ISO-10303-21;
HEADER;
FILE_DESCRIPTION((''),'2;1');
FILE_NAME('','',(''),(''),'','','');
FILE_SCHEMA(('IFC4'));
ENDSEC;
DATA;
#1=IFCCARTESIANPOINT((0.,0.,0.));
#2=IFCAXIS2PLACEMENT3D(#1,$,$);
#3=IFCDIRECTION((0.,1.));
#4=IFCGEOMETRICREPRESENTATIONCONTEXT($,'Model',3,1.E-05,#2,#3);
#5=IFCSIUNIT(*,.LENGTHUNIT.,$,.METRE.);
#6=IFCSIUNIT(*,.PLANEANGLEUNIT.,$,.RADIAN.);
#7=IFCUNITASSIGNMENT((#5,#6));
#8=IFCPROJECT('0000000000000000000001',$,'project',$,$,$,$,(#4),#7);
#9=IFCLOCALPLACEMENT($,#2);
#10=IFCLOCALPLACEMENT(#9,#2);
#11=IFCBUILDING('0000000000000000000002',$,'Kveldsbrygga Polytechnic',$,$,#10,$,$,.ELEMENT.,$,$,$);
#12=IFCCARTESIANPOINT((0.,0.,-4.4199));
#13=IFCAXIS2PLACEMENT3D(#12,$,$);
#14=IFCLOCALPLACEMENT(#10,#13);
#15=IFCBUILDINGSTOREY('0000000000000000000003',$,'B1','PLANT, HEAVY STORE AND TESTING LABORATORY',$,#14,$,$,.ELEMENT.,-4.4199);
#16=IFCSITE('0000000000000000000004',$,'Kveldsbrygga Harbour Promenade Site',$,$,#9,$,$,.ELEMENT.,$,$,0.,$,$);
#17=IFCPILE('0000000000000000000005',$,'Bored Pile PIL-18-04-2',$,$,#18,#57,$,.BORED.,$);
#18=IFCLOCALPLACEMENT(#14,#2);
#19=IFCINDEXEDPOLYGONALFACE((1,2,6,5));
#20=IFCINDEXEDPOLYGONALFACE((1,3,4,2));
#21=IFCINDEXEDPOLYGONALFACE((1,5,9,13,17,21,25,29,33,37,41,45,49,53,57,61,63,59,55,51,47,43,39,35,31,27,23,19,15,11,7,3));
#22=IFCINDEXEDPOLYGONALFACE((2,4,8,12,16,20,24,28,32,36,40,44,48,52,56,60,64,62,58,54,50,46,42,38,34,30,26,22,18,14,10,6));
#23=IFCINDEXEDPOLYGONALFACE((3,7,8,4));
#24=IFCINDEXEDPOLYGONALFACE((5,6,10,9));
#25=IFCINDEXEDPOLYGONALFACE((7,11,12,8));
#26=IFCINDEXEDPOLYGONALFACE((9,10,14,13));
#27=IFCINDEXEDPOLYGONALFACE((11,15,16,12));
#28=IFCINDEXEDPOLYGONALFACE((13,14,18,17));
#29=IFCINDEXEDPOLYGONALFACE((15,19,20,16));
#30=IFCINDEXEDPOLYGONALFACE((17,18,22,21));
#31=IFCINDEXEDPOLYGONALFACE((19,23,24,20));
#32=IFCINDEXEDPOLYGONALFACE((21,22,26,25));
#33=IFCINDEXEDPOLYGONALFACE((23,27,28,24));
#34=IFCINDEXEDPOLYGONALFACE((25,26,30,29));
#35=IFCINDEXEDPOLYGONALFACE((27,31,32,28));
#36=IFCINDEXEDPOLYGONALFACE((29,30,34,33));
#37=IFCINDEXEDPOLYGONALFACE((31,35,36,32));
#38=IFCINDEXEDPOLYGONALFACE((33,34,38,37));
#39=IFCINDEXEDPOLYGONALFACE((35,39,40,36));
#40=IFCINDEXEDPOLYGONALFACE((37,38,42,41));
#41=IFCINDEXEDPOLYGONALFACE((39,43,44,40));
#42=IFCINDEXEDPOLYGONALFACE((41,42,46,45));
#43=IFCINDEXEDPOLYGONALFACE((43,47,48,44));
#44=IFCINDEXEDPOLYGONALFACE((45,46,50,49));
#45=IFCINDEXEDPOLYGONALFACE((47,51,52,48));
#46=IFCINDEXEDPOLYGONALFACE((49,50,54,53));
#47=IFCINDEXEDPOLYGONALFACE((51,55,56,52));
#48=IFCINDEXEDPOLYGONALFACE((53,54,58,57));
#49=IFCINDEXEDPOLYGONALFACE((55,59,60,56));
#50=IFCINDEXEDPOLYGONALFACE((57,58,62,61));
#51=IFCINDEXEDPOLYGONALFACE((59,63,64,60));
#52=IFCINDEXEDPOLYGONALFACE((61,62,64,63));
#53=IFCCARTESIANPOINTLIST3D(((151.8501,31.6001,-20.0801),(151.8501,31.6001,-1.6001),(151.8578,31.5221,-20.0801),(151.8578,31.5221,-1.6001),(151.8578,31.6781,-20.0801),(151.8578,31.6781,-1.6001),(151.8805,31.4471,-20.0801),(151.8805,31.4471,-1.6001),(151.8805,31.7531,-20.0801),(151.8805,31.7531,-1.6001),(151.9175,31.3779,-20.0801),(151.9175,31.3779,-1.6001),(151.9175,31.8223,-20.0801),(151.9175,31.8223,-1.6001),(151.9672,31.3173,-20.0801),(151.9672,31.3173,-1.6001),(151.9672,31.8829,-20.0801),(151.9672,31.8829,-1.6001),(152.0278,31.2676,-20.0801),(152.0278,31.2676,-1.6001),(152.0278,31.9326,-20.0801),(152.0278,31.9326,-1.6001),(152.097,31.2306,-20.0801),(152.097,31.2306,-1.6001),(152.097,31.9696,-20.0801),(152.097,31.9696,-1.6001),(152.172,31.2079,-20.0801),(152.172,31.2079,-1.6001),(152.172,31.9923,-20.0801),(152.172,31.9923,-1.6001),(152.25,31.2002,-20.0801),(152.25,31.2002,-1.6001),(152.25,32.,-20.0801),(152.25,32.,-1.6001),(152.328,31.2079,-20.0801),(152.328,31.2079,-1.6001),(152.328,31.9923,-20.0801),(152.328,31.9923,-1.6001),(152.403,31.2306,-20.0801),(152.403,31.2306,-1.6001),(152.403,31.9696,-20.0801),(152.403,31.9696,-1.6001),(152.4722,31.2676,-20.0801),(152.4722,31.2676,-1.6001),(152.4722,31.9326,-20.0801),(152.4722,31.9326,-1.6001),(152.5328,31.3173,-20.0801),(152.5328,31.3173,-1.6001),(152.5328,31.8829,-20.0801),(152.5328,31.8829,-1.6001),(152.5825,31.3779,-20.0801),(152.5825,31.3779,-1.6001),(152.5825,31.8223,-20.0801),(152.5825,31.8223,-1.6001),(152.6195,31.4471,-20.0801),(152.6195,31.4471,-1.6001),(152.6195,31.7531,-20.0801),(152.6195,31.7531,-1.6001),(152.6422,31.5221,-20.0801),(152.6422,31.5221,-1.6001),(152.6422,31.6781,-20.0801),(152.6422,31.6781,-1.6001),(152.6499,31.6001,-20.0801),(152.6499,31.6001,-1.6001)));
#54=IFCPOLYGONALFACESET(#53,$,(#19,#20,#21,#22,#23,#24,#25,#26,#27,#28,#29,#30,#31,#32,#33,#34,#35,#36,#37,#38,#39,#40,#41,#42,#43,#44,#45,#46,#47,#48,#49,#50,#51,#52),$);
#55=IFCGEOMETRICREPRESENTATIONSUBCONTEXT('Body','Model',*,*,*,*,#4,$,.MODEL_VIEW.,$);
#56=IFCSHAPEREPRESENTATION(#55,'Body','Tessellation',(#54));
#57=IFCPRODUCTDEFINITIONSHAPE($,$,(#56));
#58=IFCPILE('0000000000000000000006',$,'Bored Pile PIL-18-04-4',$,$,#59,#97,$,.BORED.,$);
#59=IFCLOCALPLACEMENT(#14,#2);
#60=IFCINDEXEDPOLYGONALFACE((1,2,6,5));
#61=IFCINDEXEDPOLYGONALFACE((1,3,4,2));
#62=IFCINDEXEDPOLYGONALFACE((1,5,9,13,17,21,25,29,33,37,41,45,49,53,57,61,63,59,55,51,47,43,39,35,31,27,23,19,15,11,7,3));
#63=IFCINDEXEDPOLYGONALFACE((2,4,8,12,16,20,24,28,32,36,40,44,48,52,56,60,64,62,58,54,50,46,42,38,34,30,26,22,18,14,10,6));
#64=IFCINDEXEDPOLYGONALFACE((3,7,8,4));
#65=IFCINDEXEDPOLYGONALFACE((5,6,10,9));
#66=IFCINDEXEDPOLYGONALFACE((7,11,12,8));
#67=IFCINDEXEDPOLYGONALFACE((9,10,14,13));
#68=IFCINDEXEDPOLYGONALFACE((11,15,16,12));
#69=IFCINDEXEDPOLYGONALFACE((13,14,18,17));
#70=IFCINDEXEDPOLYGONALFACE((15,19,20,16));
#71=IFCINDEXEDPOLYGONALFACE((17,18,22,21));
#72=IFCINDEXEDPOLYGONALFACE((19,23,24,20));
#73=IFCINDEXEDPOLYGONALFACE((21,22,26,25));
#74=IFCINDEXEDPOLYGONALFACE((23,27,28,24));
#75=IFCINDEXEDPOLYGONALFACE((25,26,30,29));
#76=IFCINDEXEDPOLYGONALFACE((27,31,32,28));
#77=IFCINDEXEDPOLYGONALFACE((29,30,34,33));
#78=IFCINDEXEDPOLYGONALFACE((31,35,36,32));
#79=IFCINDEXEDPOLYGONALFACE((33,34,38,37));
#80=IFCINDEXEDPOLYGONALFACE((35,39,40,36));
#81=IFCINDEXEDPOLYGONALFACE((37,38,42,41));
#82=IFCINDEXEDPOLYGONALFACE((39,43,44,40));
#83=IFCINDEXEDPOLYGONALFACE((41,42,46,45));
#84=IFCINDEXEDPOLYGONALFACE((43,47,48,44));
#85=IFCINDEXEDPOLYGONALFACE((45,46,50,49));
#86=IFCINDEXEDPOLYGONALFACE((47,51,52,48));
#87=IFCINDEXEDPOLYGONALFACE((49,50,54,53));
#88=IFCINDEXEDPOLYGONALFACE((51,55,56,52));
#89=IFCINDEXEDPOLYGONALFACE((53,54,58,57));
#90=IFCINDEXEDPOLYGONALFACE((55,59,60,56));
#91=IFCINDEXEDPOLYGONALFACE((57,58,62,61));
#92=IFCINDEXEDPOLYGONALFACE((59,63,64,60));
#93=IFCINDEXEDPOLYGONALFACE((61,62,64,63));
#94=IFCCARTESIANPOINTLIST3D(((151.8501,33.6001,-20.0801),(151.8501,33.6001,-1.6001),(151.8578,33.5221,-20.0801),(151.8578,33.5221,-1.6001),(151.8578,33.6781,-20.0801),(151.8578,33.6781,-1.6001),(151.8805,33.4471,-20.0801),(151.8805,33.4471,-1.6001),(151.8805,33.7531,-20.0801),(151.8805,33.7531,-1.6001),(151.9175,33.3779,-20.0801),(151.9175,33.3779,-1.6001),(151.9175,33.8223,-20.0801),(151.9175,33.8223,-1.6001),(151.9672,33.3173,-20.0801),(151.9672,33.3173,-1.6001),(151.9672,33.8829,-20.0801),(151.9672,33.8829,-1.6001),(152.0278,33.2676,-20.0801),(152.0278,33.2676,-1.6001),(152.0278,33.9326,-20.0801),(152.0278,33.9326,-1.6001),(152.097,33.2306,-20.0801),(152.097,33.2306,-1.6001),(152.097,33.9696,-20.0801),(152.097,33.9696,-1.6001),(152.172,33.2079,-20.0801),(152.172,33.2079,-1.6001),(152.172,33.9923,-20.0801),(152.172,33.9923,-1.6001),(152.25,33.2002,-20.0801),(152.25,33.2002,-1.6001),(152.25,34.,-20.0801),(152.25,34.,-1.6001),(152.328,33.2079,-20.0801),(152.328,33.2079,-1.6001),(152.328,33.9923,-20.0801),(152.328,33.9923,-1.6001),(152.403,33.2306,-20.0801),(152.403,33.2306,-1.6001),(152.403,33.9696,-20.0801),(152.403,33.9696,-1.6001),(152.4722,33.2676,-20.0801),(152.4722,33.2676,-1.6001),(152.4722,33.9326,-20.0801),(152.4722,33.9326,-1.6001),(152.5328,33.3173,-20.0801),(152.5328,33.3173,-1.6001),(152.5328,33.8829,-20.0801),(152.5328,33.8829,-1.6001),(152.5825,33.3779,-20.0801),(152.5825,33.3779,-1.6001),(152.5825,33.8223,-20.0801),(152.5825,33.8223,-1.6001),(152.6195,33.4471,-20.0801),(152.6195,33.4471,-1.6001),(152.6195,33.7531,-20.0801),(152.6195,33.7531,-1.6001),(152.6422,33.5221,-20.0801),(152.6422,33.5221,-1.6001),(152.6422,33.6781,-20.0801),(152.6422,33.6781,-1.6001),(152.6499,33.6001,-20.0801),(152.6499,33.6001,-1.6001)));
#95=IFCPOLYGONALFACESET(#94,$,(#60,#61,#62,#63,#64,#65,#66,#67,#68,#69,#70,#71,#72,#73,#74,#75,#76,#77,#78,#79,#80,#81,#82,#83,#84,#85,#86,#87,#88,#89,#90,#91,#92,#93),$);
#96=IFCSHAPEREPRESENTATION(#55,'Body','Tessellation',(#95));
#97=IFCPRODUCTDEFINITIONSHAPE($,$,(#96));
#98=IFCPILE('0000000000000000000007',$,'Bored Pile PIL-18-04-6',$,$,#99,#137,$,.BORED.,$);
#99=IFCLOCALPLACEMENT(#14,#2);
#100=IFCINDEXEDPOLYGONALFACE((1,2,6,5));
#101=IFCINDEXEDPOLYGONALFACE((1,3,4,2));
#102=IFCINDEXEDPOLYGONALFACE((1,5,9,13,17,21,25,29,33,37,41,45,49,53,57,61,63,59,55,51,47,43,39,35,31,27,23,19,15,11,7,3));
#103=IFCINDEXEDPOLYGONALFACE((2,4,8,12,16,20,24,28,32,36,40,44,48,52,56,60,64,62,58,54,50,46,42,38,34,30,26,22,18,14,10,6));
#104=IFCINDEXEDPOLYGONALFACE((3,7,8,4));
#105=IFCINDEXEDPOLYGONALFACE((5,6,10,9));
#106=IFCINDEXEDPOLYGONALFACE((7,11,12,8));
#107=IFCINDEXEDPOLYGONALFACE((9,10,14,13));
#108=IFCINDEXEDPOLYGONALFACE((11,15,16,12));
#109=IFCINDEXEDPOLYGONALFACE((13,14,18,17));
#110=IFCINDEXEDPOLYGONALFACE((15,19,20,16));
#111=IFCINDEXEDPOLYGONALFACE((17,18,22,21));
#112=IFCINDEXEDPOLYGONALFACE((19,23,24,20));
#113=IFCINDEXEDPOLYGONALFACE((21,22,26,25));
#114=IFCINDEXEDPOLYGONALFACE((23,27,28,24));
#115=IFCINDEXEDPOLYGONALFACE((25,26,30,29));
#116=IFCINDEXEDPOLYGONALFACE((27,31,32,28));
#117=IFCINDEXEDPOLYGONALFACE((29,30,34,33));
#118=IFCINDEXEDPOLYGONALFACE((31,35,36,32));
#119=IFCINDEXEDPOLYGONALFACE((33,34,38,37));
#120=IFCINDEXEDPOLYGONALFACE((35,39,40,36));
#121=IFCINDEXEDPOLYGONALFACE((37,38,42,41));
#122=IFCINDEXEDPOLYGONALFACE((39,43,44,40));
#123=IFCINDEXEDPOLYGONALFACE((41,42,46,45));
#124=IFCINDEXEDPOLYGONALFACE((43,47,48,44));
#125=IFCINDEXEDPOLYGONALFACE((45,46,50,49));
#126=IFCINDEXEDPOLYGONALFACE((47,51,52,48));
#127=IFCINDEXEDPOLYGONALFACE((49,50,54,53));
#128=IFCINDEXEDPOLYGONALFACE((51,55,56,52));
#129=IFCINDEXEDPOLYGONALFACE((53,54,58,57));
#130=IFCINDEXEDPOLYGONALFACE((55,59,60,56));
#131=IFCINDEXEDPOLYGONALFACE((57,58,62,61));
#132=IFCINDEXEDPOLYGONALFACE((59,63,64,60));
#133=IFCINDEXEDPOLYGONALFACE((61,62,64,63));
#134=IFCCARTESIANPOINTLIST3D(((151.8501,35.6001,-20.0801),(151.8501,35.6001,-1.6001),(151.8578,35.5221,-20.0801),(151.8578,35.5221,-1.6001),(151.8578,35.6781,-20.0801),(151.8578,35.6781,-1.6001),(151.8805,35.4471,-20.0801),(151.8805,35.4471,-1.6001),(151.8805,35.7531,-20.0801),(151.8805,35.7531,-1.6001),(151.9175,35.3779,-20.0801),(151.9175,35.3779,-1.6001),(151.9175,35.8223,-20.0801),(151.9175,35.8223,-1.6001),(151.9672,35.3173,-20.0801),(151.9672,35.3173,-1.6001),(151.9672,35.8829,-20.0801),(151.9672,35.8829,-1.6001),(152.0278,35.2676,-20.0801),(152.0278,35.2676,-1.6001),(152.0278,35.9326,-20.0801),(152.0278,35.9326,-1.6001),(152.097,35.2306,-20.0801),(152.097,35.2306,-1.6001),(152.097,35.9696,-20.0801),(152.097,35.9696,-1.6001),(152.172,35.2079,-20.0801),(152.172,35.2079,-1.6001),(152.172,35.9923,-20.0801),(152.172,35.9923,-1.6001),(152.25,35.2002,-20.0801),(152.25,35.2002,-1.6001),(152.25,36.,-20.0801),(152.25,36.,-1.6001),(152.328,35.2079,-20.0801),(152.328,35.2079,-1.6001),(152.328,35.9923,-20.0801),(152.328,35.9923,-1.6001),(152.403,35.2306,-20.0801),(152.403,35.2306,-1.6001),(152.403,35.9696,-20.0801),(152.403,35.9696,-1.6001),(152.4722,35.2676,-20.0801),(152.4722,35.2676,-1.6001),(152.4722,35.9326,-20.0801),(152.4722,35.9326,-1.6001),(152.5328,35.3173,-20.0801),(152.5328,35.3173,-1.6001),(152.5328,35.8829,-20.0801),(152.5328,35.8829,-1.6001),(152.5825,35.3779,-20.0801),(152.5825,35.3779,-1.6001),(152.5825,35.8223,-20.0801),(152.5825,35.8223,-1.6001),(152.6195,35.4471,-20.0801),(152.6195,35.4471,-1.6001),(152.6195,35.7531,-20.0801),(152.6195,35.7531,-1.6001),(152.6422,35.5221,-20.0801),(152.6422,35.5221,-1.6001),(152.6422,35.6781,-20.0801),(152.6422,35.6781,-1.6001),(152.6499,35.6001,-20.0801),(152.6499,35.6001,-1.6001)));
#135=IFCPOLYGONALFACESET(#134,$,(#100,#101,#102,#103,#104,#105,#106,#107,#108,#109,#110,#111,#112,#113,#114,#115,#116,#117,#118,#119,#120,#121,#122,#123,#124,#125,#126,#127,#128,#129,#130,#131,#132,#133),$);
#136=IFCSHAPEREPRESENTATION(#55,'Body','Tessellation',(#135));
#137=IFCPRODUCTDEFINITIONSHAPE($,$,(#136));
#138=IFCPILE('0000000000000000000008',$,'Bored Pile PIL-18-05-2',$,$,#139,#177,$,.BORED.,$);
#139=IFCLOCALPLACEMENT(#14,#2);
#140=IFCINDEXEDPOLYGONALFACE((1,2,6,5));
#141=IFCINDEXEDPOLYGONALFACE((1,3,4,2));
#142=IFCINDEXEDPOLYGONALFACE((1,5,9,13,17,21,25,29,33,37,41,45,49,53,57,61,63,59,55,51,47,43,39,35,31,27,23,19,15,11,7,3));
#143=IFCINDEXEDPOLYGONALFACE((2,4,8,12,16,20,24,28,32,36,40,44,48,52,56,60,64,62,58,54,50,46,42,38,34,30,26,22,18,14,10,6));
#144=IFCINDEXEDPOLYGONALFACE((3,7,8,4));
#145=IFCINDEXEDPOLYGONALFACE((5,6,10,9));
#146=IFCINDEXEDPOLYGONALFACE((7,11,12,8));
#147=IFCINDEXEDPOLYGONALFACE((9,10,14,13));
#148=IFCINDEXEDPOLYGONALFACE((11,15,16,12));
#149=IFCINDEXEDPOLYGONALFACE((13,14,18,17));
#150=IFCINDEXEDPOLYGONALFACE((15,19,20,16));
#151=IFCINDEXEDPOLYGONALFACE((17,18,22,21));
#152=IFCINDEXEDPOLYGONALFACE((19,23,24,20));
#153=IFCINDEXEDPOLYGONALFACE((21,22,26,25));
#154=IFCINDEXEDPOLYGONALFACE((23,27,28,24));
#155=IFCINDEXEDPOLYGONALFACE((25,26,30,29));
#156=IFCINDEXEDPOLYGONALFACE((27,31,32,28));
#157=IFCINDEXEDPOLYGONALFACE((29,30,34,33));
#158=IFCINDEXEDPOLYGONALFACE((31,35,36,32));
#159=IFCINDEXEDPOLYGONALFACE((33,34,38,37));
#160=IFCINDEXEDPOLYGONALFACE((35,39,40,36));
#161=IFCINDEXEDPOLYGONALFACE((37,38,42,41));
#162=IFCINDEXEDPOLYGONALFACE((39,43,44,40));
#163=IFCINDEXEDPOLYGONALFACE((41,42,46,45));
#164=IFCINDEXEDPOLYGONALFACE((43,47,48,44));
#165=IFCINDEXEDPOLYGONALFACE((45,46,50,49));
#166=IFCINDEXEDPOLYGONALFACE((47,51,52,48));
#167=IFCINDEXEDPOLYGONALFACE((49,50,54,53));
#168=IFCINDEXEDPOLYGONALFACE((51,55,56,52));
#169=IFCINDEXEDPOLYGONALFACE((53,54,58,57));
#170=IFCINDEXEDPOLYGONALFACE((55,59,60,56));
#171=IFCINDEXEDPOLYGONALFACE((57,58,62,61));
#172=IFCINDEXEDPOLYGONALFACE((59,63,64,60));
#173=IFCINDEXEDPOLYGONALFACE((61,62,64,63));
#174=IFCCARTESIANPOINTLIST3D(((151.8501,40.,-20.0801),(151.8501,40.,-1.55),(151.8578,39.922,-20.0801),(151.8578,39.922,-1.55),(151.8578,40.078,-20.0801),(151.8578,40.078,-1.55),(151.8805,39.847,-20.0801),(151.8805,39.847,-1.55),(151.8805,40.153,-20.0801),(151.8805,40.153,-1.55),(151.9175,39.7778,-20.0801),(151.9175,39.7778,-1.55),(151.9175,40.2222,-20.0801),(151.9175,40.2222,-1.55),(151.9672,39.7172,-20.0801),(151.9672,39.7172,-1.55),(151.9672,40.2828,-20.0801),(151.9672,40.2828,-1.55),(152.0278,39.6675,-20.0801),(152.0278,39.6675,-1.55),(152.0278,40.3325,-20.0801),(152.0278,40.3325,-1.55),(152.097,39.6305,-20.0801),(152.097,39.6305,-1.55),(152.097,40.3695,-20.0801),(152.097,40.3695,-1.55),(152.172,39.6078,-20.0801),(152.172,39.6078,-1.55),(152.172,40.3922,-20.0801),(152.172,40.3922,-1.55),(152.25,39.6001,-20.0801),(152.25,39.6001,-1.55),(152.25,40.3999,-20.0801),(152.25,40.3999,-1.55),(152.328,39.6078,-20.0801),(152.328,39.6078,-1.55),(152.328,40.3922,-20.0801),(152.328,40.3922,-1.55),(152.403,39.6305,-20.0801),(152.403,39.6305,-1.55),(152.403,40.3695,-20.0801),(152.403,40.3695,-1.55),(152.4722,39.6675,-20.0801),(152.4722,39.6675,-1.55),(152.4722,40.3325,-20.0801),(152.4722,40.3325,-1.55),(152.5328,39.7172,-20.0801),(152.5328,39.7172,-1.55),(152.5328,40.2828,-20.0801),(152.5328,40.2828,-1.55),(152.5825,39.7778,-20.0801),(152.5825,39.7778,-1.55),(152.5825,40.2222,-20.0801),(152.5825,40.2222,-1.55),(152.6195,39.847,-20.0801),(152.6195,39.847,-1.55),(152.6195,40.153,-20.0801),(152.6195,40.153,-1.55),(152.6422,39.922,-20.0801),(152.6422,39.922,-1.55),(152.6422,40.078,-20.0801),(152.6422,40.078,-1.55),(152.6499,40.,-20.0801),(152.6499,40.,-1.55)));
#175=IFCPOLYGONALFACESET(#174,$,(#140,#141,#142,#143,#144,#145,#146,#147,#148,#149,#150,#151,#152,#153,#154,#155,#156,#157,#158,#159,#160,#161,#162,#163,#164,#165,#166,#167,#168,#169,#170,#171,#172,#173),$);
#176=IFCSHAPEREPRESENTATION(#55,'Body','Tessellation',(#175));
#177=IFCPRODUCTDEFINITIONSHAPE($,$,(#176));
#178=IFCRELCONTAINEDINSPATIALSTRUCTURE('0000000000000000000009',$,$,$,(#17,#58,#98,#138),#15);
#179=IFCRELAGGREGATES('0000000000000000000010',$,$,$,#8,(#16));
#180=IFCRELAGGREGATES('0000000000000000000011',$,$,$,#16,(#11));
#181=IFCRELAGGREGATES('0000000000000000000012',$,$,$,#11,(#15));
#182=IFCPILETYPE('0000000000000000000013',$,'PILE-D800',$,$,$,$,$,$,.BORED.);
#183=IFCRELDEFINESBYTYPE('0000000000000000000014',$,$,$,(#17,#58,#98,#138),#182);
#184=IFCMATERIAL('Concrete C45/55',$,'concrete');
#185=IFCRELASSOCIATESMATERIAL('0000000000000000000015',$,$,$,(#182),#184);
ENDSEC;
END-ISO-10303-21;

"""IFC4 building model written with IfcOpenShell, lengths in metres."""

from ifc_helpers import new_model, si_unit, direction, frame, origin, origin_2d, place, context, subcontext, project, spatial, circle, extrude, material, material_profile, profile_set, type_object, element, save


model = new_model("IFC4")

# Units and contexts
model_context = context("Model", 3, precision=1e-05, world=origin(), true_north=direction((0.0, 1.0)))
body_context = subcontext(model_context, "Body", "Model", "MODEL_VIEW")
ifc_project = project(units=[si_unit("LENGTHUNIT", "METRE"), si_unit("PLANEANGLEUNIT", "RADIAN")], contexts=[model_context])

# Site, building, storey
site_placement = place(None, origin())
site = spatial("IfcSite", under=ifc_project, at=site_placement, Name="Kveldsbrygga Harbour Promenade Site", CompositionType="ELEMENT", RefElevation=0.0)
building_placement = place(site_placement, origin())
building = spatial("IfcBuilding", under=site, at=building_placement, Name="Kveldsbrygga Polytechnic", CompositionType="ELEMENT")
storey_placement = place(building_placement, frame((0.0, 0.0, -4.4199)))
storey = spatial("IfcBuildingStorey", under=building, at=storey_placement, Name="B1", Description="PLANT, HEAVY STORE AND TESTING LABORATORY", CompositionType="ELEMENT", Elevation=-4.4199)

# Piles
ifc_material_1 = material(Name="Concrete C45/55", Category="concrete")
ifc_material_profile_1 = material_profile(ifc_material_1, circle(Radius=0.3999, at=origin_2d()), Name="PILE D800")
ifc_profile_set_1 = profile_set([ifc_material_profile_1], Name="Concrete C45/55")
pile_type = type_object("IfcPileType", Name="PILE-D800", PredefinedType="BORED", material=ifc_profile_set_1)
for number, where, z_axis, x_axis, name in (
    (1, (152.25, 31.6001, -1.6001), (0.0, 0.0, -1.0), (1.0, 0.0, 0.0), "Bored Pile PIL-18-04-2"),
    (2, (152.25, 33.6001, -1.6001), (0.0, 0.0, -1.0), (1.0, 0.0, 0.0), "Bored Pile PIL-18-04-4"),
    (3, (152.25, 35.6001, -1.6001), (0.0, 0.0, -1.0), (1.0, 0.0, 0.0), "Bored Pile PIL-18-04-6"),
):
    element("IfcPile", number, at=place(storey_placement, frame(where, z_axis=z_axis, x_axis=x_axis)), inside=storey, type_object=pile_type, Name=name, PredefinedType="BORED", context=body_context, shape_type="SweptSolid", body=[
        extrude(circle(Radius=0.3999, at=origin_2d()), origin(), (0.0, 0.0, 1.0), 18.48),
    ])
for number, where, z_axis, x_axis, name in (
    (4, (152.25, 40.0, -1.55), (0.0, 0.0, -1.0), (1.0, 0.0, 0.0), "Bored Pile PIL-18-05-2"),
):
    element("IfcPile", number, at=place(storey_placement, frame(where, z_axis=z_axis, x_axis=x_axis)), inside=storey, type_object=pile_type, Name=name, PredefinedType="BORED", context=body_context, shape_type="SweptSolid", body=[
        extrude(circle(Radius=0.3999, at=origin_2d()), origin(), (0.0, 0.0, 1.0), 18.53),
    ])

save(model, "model.ifc")
